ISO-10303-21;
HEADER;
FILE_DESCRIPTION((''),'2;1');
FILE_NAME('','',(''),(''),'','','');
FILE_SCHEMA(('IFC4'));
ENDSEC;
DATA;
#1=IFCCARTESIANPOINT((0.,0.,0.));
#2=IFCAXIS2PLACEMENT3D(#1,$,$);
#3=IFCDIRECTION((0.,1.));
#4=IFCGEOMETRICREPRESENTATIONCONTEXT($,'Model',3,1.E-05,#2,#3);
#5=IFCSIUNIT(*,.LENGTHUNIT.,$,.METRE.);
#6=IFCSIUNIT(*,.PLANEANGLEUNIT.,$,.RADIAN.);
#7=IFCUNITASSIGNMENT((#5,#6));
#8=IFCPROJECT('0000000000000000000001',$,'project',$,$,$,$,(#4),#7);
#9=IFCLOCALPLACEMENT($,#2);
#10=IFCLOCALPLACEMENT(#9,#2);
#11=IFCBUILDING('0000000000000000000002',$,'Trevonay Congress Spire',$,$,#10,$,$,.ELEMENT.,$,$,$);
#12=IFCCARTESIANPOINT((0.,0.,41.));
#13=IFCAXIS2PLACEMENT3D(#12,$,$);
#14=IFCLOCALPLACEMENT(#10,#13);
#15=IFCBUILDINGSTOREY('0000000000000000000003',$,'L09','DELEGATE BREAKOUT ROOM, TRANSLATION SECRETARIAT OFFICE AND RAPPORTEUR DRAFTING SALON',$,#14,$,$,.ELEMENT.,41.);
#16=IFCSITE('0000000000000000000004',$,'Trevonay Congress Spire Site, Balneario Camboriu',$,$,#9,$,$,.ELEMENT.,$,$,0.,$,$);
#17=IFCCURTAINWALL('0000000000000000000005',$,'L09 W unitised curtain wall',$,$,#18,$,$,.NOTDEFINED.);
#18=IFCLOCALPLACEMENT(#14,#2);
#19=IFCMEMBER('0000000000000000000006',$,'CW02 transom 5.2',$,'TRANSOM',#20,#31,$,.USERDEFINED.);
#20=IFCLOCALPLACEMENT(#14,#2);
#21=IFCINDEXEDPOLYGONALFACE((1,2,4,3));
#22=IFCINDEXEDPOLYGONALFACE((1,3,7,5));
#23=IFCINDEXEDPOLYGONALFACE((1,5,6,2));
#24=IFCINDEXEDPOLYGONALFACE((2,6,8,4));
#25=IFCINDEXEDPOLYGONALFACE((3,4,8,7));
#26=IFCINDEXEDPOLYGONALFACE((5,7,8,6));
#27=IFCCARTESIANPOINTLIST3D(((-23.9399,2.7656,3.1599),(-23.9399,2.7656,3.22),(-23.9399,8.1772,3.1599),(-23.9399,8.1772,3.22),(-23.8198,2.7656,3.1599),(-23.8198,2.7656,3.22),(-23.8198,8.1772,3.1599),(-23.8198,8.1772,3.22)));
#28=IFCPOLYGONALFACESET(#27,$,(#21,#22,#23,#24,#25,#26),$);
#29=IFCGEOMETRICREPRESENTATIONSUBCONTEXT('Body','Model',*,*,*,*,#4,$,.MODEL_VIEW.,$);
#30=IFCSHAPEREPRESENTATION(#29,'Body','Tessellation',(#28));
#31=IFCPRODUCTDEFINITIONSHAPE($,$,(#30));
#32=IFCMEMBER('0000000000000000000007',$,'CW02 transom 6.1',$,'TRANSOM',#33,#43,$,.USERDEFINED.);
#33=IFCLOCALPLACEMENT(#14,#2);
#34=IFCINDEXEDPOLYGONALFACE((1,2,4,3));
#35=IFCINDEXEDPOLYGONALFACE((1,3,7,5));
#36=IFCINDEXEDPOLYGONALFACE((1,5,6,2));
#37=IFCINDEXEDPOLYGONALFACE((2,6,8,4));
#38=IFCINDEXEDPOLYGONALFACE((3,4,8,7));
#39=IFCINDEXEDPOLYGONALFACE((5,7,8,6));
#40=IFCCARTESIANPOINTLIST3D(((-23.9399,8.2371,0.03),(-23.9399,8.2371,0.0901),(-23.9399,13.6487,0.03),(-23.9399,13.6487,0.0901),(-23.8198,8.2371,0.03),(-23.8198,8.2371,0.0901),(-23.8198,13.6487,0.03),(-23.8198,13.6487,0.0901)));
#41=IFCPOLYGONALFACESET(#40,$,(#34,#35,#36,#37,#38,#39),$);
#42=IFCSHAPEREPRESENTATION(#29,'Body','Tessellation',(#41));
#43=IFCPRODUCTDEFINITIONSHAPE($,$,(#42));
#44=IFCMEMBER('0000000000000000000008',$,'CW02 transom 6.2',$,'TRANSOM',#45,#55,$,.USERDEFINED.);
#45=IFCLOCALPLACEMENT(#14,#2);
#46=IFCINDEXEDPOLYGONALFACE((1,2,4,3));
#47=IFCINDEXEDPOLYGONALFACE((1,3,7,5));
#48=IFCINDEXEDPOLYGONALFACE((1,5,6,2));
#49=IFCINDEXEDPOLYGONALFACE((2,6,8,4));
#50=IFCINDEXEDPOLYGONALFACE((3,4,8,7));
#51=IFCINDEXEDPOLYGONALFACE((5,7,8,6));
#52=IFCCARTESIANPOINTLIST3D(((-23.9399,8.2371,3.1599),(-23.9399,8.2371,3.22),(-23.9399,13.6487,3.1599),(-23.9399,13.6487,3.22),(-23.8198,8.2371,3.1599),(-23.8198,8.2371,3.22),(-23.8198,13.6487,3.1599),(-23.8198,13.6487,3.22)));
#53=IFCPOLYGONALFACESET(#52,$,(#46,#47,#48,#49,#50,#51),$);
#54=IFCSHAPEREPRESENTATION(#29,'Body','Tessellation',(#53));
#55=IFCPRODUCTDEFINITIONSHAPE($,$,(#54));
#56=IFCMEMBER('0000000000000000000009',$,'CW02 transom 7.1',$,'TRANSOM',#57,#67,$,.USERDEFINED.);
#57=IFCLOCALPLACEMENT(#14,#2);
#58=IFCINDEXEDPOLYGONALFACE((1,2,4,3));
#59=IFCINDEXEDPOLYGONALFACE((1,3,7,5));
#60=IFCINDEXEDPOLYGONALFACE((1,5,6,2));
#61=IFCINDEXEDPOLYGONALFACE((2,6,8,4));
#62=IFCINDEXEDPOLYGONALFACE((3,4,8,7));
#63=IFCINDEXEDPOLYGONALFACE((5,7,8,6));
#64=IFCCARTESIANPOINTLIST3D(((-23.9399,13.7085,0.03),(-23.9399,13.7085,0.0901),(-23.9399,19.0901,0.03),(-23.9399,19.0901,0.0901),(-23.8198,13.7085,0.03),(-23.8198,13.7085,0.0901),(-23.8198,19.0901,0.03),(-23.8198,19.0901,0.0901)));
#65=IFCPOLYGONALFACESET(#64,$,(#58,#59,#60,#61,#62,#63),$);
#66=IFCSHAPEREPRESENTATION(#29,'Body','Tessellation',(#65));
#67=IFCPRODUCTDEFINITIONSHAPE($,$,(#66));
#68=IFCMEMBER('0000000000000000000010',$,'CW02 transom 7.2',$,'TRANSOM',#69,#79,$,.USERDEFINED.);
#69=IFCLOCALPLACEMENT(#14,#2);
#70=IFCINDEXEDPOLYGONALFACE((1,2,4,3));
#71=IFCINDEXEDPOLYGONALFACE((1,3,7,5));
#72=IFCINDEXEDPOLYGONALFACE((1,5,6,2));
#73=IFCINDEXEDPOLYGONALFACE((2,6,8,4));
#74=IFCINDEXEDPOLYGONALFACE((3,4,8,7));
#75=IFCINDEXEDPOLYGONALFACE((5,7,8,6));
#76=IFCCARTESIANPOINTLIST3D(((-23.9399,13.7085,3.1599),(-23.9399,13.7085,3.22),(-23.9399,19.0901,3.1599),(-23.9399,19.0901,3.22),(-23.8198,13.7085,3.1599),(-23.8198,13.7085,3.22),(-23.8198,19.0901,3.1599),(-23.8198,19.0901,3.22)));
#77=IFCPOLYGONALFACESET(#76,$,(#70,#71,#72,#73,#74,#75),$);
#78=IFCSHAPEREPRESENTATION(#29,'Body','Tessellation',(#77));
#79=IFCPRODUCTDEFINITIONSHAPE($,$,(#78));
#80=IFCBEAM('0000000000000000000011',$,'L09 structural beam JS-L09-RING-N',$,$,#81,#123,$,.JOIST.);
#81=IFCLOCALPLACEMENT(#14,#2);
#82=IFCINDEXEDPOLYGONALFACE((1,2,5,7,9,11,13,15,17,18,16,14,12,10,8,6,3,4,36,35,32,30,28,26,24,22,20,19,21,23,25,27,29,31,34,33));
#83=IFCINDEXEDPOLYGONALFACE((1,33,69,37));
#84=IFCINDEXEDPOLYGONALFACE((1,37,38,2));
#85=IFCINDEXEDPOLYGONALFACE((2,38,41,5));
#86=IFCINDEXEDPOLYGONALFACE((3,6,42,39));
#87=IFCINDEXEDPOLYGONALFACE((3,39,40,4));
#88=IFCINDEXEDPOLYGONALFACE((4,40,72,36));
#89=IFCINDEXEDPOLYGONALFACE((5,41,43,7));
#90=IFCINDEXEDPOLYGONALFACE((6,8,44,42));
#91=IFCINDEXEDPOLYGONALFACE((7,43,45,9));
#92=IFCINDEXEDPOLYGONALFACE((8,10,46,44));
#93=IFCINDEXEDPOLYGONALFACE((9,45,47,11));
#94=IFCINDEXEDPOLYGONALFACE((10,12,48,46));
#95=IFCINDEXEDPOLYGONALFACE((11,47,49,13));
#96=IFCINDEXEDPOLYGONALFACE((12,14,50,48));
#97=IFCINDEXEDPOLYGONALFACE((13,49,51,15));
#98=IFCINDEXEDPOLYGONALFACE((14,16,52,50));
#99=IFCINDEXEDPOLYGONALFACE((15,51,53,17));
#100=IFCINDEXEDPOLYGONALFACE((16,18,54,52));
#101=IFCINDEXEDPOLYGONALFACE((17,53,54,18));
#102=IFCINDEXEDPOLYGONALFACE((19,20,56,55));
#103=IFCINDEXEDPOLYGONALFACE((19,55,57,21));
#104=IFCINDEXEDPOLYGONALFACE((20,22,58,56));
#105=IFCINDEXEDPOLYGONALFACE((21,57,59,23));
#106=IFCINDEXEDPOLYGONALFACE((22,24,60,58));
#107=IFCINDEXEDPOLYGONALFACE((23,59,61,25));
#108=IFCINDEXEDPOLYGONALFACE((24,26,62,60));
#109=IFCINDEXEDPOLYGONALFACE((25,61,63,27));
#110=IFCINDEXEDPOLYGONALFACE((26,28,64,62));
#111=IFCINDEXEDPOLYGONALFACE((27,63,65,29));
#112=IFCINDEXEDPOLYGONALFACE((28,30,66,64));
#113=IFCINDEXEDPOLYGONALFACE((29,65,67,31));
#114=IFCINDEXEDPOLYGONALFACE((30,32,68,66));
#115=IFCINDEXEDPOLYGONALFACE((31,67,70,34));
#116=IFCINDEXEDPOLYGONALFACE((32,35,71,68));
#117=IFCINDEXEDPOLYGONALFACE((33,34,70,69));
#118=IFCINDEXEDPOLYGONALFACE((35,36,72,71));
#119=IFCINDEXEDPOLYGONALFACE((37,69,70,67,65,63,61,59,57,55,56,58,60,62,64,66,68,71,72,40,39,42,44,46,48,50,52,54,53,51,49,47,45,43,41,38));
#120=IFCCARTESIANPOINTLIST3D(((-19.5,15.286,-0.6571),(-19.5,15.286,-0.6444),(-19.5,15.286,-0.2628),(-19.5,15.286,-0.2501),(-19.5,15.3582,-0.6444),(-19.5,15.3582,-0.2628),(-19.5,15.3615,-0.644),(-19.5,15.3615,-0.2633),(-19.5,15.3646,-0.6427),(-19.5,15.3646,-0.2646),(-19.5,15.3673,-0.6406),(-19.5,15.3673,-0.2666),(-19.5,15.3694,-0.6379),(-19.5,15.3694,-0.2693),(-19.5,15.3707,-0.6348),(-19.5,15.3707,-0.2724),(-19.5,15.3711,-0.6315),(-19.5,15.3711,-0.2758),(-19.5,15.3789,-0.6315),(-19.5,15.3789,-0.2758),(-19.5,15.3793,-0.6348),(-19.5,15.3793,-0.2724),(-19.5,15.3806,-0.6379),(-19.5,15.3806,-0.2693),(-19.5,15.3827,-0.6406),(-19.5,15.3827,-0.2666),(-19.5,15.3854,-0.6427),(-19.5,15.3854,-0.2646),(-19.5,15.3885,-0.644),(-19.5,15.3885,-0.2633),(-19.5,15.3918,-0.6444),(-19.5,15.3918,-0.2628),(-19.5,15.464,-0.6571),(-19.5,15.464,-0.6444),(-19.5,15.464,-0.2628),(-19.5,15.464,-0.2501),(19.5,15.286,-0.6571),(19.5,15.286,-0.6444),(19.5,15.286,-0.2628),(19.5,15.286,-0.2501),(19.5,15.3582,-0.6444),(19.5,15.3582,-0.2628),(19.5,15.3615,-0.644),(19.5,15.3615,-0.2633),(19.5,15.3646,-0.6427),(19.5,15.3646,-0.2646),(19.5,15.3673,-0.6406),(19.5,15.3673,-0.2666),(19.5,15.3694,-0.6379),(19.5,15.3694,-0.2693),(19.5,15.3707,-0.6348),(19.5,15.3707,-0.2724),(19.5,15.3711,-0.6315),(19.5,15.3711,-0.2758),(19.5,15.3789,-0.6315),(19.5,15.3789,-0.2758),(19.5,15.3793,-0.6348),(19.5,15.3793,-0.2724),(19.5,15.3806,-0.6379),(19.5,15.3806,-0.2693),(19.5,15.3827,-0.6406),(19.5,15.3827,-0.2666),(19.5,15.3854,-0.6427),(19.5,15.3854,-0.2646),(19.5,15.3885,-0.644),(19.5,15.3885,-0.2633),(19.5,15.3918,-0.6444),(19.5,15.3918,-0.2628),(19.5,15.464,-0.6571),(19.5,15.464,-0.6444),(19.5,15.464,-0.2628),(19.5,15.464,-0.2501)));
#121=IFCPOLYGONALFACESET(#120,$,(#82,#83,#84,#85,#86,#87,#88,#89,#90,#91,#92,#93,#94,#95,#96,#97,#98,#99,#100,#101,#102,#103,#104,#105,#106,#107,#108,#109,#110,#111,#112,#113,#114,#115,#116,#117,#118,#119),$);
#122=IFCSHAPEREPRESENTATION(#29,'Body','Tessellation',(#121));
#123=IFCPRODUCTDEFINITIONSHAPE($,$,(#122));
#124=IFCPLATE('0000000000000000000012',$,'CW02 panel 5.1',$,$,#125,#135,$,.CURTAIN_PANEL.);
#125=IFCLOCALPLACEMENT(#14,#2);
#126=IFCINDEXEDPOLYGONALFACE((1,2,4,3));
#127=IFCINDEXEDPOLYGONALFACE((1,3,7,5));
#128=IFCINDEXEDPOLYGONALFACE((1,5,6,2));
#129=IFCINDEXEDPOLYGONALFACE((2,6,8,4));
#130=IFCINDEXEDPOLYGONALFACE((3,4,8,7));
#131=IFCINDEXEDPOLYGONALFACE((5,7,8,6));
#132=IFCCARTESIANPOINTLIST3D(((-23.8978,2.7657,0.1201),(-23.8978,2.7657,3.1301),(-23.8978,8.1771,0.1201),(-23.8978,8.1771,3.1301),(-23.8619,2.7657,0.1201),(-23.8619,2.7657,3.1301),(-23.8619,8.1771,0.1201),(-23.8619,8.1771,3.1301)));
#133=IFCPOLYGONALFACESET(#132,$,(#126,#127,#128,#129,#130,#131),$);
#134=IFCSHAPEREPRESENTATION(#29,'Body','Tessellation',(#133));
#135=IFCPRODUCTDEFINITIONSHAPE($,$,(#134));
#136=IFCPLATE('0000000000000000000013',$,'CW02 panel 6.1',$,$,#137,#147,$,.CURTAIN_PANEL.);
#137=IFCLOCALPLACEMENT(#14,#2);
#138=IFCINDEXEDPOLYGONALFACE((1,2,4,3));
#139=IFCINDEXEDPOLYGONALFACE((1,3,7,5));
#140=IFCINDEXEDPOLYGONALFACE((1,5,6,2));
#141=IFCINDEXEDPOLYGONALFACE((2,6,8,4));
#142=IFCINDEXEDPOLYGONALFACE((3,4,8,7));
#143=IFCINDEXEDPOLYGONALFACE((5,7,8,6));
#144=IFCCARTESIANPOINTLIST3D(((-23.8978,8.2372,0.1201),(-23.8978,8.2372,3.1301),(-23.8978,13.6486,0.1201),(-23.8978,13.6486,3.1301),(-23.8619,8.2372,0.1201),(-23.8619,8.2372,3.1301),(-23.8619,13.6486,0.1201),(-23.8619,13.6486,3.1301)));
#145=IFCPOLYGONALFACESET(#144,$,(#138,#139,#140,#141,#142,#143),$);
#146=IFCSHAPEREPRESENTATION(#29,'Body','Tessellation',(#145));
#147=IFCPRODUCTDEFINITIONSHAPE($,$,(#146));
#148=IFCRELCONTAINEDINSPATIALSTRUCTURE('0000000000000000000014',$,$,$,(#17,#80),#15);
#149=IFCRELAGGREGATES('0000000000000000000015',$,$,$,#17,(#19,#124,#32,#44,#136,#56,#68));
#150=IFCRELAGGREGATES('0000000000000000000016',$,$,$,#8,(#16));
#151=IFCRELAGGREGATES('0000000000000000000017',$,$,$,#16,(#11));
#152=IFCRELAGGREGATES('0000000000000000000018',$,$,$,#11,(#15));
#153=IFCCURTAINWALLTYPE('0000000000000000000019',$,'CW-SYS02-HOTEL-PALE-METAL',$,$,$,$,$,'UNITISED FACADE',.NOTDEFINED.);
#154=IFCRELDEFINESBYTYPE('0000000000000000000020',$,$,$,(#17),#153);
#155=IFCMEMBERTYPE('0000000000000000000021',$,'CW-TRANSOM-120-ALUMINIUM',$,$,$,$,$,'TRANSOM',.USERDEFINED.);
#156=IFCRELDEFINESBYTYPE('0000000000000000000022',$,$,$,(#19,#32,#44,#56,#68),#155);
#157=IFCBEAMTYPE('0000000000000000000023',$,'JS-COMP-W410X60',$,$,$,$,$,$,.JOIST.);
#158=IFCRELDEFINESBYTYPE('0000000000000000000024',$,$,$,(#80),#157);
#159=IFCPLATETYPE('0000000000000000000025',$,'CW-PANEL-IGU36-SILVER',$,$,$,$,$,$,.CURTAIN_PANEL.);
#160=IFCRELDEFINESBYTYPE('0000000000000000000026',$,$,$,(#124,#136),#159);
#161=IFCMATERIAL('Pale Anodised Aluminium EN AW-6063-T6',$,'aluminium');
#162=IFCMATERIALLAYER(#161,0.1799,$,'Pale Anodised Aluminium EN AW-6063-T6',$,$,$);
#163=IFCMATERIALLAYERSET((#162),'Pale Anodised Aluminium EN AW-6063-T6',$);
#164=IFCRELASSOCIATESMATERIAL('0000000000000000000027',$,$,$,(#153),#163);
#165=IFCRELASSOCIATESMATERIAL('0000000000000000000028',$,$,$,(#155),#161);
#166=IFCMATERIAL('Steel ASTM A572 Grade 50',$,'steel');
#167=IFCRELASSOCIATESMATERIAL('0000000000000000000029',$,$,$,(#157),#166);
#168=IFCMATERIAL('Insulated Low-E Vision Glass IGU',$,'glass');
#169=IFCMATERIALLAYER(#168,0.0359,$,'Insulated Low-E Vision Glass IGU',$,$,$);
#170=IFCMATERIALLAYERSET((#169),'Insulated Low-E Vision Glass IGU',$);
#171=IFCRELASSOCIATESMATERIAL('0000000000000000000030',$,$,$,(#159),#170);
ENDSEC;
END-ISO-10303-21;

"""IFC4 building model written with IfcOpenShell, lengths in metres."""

from ifc_helpers import new_model, si_unit, direction, frame, origin, origin_2d, place, context, subcontext, project, spatial, rectangle, i_section, extrude, material, layer, layer_set, material_profile, profile_set, type_object, element, aggregate, save


model = new_model("IFC4")

# Units and contexts
model_context = context("Model", 3, precision=1e-05, world=origin(), true_north=direction((0.0, 1.0)))
body_context = subcontext(model_context, "Body", "Model", "MODEL_VIEW")
ifc_project = project(units=[si_unit("LENGTHUNIT", "METRE"), si_unit("PLANEANGLEUNIT", "RADIAN")], contexts=[model_context])

# Site, building, storey
site_placement = place(None, origin())
site = spatial("IfcSite", under=ifc_project, at=site_placement, Name="Trevonay Congress Spire Site, Balneario Camboriu", CompositionType="ELEMENT", RefElevation=0.0)
building_placement = place(site_placement, origin())
building = spatial("IfcBuilding", under=site, at=building_placement, Name="Trevonay Congress Spire", CompositionType="ELEMENT")
storey_placement = place(building_placement, frame((0.0, 0.0, 41.0)))
storey = spatial("IfcBuildingStorey", under=building, at=storey_placement, Name="L09", Description="DELEGATE BREAKOUT ROOM, TRANSLATION SECRETARIAT OFFICE AND RAPPORTEUR DRAFTING SALON", CompositionType="ELEMENT", Elevation=41.0)

# Shared definitions
ifc_material_1 = material(Name="Steel ASTM A572 Grade 50", Category="steel")

# Curtain wall, members
ifc_material_2 = material(Name="Pale Anodised Aluminium EN AW-6063-T6", Category="aluminium")
ifc_layer_1 = layer(ifc_material_2, 0.1799, Name="Pale Anodised Aluminium EN AW-6063-T6")
ifc_layer_set_1 = layer_set([ifc_layer_1], Name="Pale Anodised Aluminium EN AW-6063-T6")
curtain_wall_type = type_object("IfcCurtainWallType", Name="CW-SYS02-HOTEL-PALE-METAL", ElementType="UNITISED FACADE", PredefinedType="NOTDEFINED", material=ifc_layer_set_1)
curtain_wall_placement = place(storey_placement, origin())
curtain_wall = element("IfcCurtainWall", 1, at=curtain_wall_placement, inside=storey, type_object=curtain_wall_type, Name="L09 W unitised curtain wall", PredefinedType="NOTDEFINED")
ifc_material_profile_1 = material_profile(ifc_material_2, rectangle(XDim=0.1201, YDim=0.0601, at=origin_2d()), Name="CW-TRANSOM-120-ALUMINIUM")
ifc_profile_set_1 = profile_set([ifc_material_profile_1], Name="Pale Anodised Aluminium EN AW-6063-T6")
member_type_1 = type_object("IfcMemberType", Name="CW-TRANSOM-120-ALUMINIUM", ElementType="TRANSOM", PredefinedType="USERDEFINED", material=ifc_profile_set_1)
member_1_placement = place(storey_placement, frame((-23.8799, 2.7656, 3.1899), z_axis=(0.0, 1.0, 0.0), x_axis=(-1.0, 0.0, 0.0)))
member_1 = element("IfcMember", 2, at=member_1_placement, type_object=member_type_1, Name="CW02 transom 5.2", ObjectType="TRANSOM", PredefinedType="USERDEFINED", context=body_context, shape_type="SweptSolid", body=[
    extrude(rectangle(XDim=0.1201, YDim=0.0601, at=origin_2d()), origin(), (0.0, 0.0, 1.0), 5.4116),
])
member_2_placement = place(storey_placement, frame((-23.8799, 8.2371, 0.0601), z_axis=(0.0, 1.0, 0.0), x_axis=(-1.0, 0.0, 0.0)))
member_2 = element("IfcMember", 3, at=member_2_placement, type_object=member_type_1, Name="CW02 transom 6.1", ObjectType="TRANSOM", PredefinedType="USERDEFINED", context=body_context, shape_type="SweptSolid", body=[
    extrude(rectangle(XDim=0.1201, YDim=0.0601, at=origin_2d()), origin(), (0.0, 0.0, 1.0), 5.4116),
])
member_3_placement = place(storey_placement, frame((-23.8799, 8.2371, 3.1899), z_axis=(0.0, 1.0, 0.0), x_axis=(-1.0, 0.0, 0.0)))
member_3 = element("IfcMember", 4, at=member_3_placement, type_object=member_type_1, Name="CW02 transom 6.2", ObjectType="TRANSOM", PredefinedType="USERDEFINED", context=body_context, shape_type="SweptSolid", body=[
    extrude(rectangle(XDim=0.1201, YDim=0.0601, at=origin_2d()), origin(), (0.0, 0.0, 1.0), 5.4116),
])
member_4_placement = place(storey_placement, frame((-23.8799, 13.7085, 0.0601), z_axis=(0.0, 1.0, 0.0), x_axis=(-1.0, 0.0, 0.0)))
member_4 = element("IfcMember", 5, at=member_4_placement, type_object=member_type_1, Name="CW02 transom 7.1", ObjectType="TRANSOM", PredefinedType="USERDEFINED", context=body_context, shape_type="SweptSolid", body=[
    extrude(rectangle(XDim=0.1201, YDim=0.0601, at=origin_2d()), origin(), (0.0, 0.0, 1.0), 5.3816),
])
member_5_placement = place(storey_placement, frame((-23.8799, 13.7085, 3.1899), z_axis=(0.0, 1.0, 0.0), x_axis=(-1.0, 0.0, 0.0)))
member_5 = element("IfcMember", 6, at=member_5_placement, type_object=member_type_1, Name="CW02 transom 7.2", ObjectType="TRANSOM", PredefinedType="USERDEFINED", context=body_context, shape_type="SweptSolid", body=[
    extrude(rectangle(XDim=0.1201, YDim=0.0601, at=origin_2d()), origin(), (0.0, 0.0, 1.0), 5.3816),
])

# Beam
ifc_material_profile_2 = material_profile(ifc_material_1, i_section(OverallWidth=0.178, OverallDepth=0.407, WebThickness=0.0078, FlangeThickness=0.0127, FilletRadius=0.0129, at=origin_2d()), Name="W410x60")
ifc_profile_set_2 = profile_set([ifc_material_profile_2], Name="Steel ASTM A572 Grade 50")
beam_type_1 = type_object("IfcBeamType", Name="JS-COMP-W410X60", PredefinedType="JOIST", material=ifc_profile_set_2)
beam_1_placement = place(storey_placement, frame((-19.5, 15.375, -0.4536), z_axis=(1.0, 0.0, 0.0), x_axis=(0.0, 1.0, 0.0)))
element("IfcBeam", 7, at=beam_1_placement, inside=storey, type_object=beam_type_1, Name="L09 structural beam JS-L09-RING-N", PredefinedType="JOIST", context=body_context, shape_type="SweptSolid", body=[
    extrude(i_section(OverallWidth=0.178, OverallDepth=0.407, WebThickness=0.0078, FlangeThickness=0.0127, FilletRadius=0.0129, at=origin_2d()), origin(), (0.0, 0.0, 1.0), 39.0),
])

# Plates
ifc_material_3 = material(Name="Insulated Low-E Vision Glass IGU", Category="glass")
ifc_layer_2 = layer(ifc_material_3, 0.0359, Name="Insulated Low-E Vision Glass IGU")
ifc_layer_set_2 = layer_set([ifc_layer_2], Name="Insulated Low-E Vision Glass IGU")
plate_type = type_object("IfcPlateType", Name="CW-PANEL-IGU36-SILVER", PredefinedType="CURTAIN_PANEL", material=ifc_layer_set_2)
plate_1_placement = place(storey_placement, frame((-23.8799, 5.4714, 0.1201), z_axis=(0.0, 0.0, 1.0), x_axis=(0.0, 1.0, 0.0)))
plate_1 = element("IfcPlate", 8, at=plate_1_placement, type_object=plate_type, Name="CW02 panel 5.1", PredefinedType="CURTAIN_PANEL", context=body_context, shape_type="SweptSolid", body=[
    extrude(rectangle(XDim=5.4114, YDim=0.0359, at=origin_2d()), origin(), (0.0, 0.0, 1.0), 3.01),
])
plate_2_placement = place(storey_placement, frame((-23.8799, 10.9429, 0.1201), z_axis=(0.0, 0.0, 1.0), x_axis=(0.0, 1.0, 0.0)))
plate_2 = element("IfcPlate", 9, at=plate_2_placement, type_object=plate_type, Name="CW02 panel 6.1", PredefinedType="CURTAIN_PANEL", context=body_context, shape_type="SweptSolid", body=[
    extrude(rectangle(XDim=5.4114, YDim=0.0359, at=origin_2d()), origin(), (0.0, 0.0, 1.0), 3.01),
])
aggregate(curtain_wall, [member_1, plate_1, member_2, member_3, plate_2, member_4, member_5])

save(model, "model.ifc")
